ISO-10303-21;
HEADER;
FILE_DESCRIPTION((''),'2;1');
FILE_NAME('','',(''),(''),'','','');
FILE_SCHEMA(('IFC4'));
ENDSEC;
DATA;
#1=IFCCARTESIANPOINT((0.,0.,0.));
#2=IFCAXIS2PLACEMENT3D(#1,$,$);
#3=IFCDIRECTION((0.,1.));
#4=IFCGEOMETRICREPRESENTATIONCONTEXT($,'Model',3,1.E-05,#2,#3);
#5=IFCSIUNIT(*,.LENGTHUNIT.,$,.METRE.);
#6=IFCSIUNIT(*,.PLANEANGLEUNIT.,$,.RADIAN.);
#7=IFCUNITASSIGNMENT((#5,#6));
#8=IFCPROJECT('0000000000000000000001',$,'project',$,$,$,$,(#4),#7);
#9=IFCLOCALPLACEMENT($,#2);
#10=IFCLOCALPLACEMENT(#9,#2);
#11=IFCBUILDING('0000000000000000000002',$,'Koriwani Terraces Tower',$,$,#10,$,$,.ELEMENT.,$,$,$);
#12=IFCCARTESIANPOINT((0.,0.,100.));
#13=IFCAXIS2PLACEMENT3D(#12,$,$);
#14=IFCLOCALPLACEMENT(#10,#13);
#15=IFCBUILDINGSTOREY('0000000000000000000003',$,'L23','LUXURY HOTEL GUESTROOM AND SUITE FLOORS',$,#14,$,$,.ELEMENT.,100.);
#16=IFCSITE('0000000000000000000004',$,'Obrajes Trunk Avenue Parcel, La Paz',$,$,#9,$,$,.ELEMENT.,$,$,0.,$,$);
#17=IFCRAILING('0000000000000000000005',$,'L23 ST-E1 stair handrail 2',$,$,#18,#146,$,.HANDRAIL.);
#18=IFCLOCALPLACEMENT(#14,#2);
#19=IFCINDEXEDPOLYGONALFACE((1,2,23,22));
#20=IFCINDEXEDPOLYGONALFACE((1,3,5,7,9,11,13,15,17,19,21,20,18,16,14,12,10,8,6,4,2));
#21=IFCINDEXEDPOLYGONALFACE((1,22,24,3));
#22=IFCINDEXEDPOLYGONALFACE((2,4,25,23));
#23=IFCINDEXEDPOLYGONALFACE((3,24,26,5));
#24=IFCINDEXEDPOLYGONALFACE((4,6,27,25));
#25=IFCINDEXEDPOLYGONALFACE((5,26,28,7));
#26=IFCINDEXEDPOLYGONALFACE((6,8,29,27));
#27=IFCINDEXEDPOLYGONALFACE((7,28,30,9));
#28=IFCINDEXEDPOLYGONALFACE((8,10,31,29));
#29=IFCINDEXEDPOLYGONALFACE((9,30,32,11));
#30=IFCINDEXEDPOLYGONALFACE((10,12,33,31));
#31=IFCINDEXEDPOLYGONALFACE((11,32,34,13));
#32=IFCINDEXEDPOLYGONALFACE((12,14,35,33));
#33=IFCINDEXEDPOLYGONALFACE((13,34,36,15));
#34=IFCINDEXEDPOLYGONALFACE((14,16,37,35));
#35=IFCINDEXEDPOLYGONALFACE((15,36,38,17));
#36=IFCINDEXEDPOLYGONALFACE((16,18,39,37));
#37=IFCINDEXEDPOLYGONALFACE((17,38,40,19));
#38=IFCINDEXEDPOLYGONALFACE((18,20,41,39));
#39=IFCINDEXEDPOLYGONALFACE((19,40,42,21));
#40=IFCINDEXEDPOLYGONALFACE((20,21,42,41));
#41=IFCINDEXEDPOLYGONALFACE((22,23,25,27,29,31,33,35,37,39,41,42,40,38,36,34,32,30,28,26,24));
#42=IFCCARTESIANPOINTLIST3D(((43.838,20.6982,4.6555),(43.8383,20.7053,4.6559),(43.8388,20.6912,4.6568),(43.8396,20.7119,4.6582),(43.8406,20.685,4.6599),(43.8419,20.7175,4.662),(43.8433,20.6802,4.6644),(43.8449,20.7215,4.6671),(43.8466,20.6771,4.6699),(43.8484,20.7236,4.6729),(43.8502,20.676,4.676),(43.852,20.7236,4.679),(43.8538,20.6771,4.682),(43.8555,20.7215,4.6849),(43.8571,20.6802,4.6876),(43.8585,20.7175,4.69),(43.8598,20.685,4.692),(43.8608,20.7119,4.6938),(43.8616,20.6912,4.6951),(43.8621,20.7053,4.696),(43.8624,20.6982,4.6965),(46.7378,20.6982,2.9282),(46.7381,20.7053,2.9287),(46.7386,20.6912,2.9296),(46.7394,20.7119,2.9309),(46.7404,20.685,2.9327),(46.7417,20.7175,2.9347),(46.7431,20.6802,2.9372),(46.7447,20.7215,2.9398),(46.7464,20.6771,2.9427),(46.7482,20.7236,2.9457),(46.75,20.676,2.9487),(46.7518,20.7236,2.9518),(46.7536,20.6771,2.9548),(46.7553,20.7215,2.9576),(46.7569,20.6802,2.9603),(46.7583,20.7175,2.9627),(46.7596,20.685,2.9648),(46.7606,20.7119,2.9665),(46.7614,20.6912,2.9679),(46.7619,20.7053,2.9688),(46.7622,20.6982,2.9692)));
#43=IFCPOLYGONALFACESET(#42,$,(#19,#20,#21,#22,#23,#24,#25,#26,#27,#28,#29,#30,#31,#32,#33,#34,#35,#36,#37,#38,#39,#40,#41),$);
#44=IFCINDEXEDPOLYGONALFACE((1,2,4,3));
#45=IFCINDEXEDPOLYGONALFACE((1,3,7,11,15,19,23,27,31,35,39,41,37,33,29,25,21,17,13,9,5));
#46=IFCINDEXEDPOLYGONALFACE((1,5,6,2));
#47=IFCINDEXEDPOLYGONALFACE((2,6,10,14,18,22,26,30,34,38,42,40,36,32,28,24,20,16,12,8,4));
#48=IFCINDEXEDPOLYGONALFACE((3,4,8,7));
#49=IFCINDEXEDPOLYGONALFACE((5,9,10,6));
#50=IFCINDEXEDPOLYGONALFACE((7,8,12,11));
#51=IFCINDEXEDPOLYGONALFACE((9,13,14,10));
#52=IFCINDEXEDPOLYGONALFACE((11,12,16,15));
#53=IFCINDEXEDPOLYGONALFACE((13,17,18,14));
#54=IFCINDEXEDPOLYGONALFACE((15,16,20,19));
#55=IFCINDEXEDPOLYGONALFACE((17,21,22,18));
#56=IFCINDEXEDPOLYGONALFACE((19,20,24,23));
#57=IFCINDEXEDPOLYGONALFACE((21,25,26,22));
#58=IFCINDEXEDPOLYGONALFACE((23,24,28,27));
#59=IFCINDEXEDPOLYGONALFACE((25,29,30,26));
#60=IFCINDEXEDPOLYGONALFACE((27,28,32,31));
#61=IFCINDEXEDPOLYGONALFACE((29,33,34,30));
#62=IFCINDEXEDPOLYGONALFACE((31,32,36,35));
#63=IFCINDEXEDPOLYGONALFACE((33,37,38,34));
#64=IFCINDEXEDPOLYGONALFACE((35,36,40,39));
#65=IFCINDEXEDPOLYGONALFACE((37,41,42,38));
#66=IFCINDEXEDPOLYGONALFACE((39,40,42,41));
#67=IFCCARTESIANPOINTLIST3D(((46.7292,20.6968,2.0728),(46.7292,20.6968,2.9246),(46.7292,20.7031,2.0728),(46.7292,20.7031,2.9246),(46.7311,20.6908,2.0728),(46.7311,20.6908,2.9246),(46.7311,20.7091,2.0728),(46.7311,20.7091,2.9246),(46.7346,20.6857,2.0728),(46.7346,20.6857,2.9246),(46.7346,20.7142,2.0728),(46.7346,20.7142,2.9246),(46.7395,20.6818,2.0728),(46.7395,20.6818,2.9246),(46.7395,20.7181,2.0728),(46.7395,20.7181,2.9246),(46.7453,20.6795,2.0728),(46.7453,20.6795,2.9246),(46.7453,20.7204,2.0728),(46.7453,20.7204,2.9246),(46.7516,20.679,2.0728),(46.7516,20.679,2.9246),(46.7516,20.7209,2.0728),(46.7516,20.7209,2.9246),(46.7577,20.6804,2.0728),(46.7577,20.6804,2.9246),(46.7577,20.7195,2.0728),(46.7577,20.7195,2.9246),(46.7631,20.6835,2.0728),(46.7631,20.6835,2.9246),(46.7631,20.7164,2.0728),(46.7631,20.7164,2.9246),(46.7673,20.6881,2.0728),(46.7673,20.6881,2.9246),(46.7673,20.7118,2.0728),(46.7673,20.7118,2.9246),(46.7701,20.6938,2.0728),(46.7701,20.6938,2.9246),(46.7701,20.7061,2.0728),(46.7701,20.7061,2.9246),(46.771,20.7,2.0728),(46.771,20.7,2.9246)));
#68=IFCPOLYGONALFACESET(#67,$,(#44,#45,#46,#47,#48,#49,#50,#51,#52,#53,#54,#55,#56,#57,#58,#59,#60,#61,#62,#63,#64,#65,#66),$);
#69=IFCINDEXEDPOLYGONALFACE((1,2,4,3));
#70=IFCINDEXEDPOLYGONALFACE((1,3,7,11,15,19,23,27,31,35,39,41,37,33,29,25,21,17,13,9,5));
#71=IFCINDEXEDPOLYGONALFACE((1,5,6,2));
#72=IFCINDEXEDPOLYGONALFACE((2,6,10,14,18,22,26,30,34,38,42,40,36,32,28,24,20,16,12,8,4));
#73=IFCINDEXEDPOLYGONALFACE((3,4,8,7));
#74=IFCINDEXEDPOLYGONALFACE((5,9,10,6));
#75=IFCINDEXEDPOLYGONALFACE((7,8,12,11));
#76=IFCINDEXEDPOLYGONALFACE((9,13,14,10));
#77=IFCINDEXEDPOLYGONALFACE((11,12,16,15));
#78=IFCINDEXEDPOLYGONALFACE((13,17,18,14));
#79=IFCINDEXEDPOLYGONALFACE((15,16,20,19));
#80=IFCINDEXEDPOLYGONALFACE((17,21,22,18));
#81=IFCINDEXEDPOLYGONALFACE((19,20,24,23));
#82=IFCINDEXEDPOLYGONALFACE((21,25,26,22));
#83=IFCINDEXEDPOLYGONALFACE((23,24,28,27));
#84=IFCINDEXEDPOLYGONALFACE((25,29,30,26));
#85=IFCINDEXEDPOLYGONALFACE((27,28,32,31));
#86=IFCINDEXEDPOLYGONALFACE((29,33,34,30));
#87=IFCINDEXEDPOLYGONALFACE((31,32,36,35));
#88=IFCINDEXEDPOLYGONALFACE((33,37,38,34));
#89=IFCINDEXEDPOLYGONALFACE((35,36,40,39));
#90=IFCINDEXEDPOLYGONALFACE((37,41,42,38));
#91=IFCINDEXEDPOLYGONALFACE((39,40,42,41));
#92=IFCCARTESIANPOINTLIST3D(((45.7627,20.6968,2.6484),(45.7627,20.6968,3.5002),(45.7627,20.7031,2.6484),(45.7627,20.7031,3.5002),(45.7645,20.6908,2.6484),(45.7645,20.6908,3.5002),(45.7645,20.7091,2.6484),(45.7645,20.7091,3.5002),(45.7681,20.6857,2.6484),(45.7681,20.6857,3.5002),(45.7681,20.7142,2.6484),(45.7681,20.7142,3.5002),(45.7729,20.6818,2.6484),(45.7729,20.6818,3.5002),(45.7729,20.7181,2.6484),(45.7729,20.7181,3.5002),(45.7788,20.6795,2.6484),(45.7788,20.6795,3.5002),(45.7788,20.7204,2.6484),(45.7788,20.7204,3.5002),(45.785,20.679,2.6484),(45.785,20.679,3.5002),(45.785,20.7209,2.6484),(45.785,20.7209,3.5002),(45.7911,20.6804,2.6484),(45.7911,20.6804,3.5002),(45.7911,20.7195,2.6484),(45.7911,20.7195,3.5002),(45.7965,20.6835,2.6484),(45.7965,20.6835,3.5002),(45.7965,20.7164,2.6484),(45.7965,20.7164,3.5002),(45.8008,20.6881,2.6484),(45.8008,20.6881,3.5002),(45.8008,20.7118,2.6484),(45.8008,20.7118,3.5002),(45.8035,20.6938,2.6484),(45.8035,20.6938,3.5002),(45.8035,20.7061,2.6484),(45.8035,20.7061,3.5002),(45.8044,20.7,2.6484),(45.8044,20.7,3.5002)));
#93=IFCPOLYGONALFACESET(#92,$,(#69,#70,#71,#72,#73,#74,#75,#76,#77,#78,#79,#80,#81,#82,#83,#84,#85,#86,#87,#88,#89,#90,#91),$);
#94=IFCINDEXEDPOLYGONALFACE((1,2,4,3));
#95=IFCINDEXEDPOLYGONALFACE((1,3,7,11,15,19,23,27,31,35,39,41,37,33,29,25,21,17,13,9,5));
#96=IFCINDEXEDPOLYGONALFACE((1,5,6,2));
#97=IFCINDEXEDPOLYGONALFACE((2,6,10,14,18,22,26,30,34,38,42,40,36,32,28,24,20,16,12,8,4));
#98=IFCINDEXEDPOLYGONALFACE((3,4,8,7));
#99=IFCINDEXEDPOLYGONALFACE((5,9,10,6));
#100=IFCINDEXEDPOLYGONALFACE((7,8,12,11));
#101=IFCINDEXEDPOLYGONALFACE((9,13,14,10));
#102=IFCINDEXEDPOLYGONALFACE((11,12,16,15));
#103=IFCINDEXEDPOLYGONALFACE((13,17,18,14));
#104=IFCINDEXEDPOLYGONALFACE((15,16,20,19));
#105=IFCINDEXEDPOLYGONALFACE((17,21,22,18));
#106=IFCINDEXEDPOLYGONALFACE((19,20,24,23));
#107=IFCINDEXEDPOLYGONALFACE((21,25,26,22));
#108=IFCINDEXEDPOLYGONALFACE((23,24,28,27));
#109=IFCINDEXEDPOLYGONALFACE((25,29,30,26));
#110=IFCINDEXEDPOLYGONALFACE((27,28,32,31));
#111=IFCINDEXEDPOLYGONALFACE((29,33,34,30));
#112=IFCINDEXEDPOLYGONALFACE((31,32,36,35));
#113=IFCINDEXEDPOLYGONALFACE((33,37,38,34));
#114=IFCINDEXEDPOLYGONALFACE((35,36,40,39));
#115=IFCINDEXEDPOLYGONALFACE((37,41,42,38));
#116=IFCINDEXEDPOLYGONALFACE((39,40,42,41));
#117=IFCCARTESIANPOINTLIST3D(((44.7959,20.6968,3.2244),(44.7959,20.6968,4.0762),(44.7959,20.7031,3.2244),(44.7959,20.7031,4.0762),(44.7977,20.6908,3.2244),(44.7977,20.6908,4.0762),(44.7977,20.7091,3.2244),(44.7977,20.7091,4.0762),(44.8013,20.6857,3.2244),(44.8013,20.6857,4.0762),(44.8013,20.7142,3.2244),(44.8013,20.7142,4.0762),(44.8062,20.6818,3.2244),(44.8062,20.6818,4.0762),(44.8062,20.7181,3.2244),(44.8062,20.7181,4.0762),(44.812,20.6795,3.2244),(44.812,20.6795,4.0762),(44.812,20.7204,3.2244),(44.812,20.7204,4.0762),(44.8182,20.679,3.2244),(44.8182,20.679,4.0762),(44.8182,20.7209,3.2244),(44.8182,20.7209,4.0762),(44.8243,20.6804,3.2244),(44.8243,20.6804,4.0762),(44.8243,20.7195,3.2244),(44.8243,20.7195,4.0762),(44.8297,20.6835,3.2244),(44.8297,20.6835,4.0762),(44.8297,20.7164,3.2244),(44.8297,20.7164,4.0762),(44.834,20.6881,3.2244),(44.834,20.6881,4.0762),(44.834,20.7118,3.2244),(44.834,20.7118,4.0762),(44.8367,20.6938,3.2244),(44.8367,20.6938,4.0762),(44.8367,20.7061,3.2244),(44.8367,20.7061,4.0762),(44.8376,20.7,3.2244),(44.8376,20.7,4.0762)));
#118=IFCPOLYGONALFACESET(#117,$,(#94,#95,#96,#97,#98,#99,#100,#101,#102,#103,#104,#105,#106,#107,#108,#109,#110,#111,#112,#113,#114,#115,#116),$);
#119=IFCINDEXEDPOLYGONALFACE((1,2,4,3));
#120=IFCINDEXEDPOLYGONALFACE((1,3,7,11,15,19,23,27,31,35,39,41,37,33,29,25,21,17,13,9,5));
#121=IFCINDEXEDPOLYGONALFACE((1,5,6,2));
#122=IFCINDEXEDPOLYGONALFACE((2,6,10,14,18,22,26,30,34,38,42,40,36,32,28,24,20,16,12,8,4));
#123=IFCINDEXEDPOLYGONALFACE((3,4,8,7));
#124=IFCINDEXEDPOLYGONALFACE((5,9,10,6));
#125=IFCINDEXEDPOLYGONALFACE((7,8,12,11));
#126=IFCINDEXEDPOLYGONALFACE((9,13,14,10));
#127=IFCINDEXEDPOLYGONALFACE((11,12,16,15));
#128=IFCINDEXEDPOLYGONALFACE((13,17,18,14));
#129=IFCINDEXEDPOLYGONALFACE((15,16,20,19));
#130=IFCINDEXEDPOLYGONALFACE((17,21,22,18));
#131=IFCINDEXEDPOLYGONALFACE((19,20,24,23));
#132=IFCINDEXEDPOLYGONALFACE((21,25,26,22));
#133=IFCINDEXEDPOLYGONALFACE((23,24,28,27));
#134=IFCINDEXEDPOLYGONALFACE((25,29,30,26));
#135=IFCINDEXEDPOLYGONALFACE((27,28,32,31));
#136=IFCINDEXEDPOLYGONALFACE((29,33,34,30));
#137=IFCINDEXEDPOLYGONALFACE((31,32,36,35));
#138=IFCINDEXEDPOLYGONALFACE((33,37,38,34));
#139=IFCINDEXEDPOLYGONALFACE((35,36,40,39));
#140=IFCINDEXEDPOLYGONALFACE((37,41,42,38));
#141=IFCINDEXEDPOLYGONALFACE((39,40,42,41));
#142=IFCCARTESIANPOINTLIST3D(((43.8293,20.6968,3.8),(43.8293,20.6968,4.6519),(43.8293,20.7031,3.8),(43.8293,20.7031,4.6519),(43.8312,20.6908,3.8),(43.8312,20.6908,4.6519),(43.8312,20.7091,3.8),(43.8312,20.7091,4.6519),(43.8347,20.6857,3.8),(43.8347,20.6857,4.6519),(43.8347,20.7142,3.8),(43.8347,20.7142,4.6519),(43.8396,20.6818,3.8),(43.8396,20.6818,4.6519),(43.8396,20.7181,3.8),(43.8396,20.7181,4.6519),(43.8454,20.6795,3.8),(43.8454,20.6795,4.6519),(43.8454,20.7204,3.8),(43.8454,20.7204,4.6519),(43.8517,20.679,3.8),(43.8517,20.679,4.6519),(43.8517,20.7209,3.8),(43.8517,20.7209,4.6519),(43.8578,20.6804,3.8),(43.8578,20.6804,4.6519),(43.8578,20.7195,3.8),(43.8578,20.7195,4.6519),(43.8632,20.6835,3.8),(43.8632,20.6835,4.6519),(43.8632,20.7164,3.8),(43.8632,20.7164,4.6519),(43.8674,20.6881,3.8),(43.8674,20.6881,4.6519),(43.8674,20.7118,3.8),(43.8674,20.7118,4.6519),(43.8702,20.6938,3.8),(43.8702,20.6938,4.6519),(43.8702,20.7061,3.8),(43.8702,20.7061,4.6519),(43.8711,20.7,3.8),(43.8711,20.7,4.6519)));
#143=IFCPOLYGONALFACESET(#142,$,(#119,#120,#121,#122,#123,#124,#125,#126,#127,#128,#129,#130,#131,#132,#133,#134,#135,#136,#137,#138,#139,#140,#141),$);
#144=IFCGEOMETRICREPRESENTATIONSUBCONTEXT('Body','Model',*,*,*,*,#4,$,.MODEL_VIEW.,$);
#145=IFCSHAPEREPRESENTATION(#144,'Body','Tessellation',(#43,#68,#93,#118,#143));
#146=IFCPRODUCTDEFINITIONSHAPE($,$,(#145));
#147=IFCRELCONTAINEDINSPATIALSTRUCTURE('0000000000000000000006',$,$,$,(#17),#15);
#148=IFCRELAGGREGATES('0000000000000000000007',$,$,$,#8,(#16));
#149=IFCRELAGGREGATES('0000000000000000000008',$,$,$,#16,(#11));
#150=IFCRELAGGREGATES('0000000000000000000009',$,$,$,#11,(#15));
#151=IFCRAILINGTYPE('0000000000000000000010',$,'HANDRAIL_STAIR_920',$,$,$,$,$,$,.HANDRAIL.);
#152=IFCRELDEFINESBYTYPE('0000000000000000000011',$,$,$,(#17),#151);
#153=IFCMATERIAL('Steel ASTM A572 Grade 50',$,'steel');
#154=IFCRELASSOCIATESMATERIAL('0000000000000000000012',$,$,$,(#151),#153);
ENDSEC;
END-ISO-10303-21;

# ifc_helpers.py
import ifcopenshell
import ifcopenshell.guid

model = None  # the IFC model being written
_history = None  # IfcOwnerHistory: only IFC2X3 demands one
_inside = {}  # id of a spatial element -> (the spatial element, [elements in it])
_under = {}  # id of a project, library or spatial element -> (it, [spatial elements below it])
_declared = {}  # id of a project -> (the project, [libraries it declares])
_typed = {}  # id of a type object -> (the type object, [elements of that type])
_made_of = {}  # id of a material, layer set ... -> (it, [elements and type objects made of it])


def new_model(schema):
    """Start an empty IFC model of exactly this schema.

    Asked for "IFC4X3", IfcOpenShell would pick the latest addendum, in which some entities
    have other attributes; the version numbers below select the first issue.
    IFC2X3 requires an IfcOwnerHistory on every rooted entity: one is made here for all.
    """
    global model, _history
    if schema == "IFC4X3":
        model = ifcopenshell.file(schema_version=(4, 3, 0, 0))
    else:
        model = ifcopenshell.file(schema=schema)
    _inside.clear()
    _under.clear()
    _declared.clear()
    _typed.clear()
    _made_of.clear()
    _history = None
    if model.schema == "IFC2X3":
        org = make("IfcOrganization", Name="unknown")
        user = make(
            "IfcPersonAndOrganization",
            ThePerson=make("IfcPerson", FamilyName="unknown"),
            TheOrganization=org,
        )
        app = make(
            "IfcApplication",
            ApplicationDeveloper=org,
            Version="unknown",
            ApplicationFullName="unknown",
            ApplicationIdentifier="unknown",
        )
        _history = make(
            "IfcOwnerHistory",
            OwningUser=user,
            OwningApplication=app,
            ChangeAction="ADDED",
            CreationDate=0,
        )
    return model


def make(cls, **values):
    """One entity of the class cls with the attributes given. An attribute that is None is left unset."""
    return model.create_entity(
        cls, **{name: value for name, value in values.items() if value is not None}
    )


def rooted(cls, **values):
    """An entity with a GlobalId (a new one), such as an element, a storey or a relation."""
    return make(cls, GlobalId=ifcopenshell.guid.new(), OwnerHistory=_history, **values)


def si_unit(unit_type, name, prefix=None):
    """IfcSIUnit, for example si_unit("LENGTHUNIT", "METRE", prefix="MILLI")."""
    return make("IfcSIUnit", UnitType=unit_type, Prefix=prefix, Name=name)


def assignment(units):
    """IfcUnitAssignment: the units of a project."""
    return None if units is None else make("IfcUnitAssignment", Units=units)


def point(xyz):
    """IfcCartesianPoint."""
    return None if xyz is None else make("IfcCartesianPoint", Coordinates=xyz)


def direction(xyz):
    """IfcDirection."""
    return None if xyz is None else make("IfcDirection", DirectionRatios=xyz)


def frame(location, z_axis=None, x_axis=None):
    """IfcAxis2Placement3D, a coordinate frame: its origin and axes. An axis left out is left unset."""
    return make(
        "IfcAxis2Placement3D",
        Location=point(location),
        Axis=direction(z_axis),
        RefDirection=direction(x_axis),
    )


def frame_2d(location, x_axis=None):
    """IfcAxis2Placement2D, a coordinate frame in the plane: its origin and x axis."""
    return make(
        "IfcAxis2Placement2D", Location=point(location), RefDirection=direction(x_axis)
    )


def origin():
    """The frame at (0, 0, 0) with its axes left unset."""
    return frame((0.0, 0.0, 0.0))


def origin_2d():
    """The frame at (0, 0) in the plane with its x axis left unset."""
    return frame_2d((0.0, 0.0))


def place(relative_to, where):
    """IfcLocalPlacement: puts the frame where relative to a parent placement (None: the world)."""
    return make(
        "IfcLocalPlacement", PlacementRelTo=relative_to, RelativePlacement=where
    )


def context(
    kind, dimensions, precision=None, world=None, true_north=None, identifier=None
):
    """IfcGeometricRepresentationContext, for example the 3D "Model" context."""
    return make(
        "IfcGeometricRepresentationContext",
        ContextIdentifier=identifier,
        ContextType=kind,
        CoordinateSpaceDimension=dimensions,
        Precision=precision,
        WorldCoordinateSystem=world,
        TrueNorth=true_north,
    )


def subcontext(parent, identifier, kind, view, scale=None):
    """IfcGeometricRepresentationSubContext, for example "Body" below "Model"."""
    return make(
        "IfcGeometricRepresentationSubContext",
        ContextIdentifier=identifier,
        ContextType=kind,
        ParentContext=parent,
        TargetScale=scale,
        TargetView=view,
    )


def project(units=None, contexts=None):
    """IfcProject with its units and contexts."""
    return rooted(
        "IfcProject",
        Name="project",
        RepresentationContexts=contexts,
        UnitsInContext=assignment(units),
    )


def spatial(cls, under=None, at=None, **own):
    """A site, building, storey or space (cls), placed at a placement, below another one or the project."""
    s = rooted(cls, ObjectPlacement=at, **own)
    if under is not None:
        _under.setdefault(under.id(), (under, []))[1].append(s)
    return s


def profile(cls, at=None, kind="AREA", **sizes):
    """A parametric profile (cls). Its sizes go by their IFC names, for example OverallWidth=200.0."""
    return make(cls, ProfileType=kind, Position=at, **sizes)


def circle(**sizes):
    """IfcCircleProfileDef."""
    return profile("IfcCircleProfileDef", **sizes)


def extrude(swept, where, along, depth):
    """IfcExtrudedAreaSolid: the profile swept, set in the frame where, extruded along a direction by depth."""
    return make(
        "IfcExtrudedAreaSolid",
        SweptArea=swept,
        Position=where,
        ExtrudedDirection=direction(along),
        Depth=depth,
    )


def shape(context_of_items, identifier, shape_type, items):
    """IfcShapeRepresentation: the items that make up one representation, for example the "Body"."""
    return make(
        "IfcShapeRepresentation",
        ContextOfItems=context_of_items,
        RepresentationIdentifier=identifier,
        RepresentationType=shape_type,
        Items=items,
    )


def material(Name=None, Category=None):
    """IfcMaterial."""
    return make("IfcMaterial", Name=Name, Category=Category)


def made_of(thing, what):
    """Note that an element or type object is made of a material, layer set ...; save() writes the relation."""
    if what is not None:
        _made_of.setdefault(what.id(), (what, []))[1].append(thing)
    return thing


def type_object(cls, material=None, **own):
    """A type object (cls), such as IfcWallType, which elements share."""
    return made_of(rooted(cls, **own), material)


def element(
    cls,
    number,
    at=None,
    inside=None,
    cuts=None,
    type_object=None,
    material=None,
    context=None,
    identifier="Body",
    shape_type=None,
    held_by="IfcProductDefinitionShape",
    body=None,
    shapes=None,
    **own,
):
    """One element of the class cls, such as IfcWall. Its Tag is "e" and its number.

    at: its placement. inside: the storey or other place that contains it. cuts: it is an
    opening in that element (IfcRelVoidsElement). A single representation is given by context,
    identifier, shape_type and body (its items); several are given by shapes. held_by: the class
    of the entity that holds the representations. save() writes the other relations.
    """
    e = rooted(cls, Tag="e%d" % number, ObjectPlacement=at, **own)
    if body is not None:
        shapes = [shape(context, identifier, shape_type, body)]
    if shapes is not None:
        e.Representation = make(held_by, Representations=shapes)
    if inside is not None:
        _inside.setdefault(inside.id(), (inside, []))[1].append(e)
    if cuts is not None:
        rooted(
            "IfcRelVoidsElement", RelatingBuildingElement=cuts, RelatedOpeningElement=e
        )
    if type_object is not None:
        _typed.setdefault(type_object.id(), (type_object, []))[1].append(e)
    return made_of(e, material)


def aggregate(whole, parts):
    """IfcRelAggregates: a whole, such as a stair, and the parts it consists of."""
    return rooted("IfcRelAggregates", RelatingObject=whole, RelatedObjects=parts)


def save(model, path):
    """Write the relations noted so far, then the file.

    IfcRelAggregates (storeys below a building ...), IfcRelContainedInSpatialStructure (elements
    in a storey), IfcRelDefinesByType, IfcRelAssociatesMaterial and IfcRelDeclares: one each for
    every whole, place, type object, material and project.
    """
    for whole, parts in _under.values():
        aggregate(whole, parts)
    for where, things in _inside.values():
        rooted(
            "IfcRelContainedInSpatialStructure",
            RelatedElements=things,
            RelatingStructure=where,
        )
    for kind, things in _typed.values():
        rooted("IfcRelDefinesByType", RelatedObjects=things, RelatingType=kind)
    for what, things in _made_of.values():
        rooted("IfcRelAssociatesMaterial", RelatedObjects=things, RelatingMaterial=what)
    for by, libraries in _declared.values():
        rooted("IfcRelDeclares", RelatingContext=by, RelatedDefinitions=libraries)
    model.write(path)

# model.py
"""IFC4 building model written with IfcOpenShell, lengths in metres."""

from ifc_helpers import new_model, si_unit, direction, frame, origin, origin_2d, place, context, subcontext, project, spatial, circle, extrude, material, type_object, element, save


model = new_model("IFC4")

# Units and contexts
model_context = context("Model", 3, precision=1e-05, world=origin(), true_north=direction((0.0, 1.0)))
body_context = subcontext(model_context, "Body", "Model", "MODEL_VIEW")
ifc_project = project(units=[si_unit("LENGTHUNIT", "METRE"), si_unit("PLANEANGLEUNIT", "RADIAN")], contexts=[model_context])

# Site, building, storey
site_placement = place(None, origin())
site = spatial("IfcSite", under=ifc_project, at=site_placement, Name="Obrajes Trunk Avenue Parcel, La Paz", CompositionType="ELEMENT", RefElevation=0.0)
building_placement = place(site_placement, origin())
building = spatial("IfcBuilding", under=site, at=building_placement, Name="Koriwani Terraces Tower", CompositionType="ELEMENT")
storey_placement = place(building_placement, frame((0.0, 0.0, 100.0)))
storey = spatial("IfcBuildingStorey", under=building, at=storey_placement, Name="L23", Description="LUXURY HOTEL GUESTROOM AND SUITE FLOORS", CompositionType="ELEMENT", Elevation=100.0)

# Shared definitions
ifc_material_1 = material(Name="Steel ASTM A572 Grade 50", Category="steel")

# Railing
railing_type_1 = type_object("IfcRailingType", Name="HANDRAIL_STAIR_920", PredefinedType="HANDRAIL", material=ifc_material_1)
railing_1_placement = place(storey_placement, frame((46.75, 20.7, 2.0728)))
element("IfcRailing", 1, at=railing_1_placement, inside=storey, type_object=railing_type_1, Name="L23 ST-E1 stair handrail 2", PredefinedType="HANDRAIL", context=body_context, shape_type="SweptSolid", body=[
    extrude(circle(Radius=0.0239, at=origin_2d()), frame((0.0, 0.0, 0.876), z_axis=(-0.859141, 0.0, 0.511738), x_axis=(0.0, -1.0, 0.0)), (0.0, 0.0, 1.0), 3.3752),
    extrude(circle(Radius=0.021, at=origin_2d()), origin(), (0.0, 0.0, 1.0), 0.8518),
    extrude(circle(Radius=0.021, at=origin_2d()), frame((-0.9666, 0.0, 0.5757)), (0.0, 0.0, 1.0), 0.8518),
    extrude(circle(Radius=0.021, at=origin_2d()), frame((-1.9333, 0.0, 1.1516)), (0.0, 0.0, 1.0), 0.8518),
    extrude(circle(Radius=0.021, at=origin_2d()), frame((-2.8999, 0.0, 1.7273)), (0.0, 0.0, 1.0), 0.8518),
])

save(model, "model.ifc")
